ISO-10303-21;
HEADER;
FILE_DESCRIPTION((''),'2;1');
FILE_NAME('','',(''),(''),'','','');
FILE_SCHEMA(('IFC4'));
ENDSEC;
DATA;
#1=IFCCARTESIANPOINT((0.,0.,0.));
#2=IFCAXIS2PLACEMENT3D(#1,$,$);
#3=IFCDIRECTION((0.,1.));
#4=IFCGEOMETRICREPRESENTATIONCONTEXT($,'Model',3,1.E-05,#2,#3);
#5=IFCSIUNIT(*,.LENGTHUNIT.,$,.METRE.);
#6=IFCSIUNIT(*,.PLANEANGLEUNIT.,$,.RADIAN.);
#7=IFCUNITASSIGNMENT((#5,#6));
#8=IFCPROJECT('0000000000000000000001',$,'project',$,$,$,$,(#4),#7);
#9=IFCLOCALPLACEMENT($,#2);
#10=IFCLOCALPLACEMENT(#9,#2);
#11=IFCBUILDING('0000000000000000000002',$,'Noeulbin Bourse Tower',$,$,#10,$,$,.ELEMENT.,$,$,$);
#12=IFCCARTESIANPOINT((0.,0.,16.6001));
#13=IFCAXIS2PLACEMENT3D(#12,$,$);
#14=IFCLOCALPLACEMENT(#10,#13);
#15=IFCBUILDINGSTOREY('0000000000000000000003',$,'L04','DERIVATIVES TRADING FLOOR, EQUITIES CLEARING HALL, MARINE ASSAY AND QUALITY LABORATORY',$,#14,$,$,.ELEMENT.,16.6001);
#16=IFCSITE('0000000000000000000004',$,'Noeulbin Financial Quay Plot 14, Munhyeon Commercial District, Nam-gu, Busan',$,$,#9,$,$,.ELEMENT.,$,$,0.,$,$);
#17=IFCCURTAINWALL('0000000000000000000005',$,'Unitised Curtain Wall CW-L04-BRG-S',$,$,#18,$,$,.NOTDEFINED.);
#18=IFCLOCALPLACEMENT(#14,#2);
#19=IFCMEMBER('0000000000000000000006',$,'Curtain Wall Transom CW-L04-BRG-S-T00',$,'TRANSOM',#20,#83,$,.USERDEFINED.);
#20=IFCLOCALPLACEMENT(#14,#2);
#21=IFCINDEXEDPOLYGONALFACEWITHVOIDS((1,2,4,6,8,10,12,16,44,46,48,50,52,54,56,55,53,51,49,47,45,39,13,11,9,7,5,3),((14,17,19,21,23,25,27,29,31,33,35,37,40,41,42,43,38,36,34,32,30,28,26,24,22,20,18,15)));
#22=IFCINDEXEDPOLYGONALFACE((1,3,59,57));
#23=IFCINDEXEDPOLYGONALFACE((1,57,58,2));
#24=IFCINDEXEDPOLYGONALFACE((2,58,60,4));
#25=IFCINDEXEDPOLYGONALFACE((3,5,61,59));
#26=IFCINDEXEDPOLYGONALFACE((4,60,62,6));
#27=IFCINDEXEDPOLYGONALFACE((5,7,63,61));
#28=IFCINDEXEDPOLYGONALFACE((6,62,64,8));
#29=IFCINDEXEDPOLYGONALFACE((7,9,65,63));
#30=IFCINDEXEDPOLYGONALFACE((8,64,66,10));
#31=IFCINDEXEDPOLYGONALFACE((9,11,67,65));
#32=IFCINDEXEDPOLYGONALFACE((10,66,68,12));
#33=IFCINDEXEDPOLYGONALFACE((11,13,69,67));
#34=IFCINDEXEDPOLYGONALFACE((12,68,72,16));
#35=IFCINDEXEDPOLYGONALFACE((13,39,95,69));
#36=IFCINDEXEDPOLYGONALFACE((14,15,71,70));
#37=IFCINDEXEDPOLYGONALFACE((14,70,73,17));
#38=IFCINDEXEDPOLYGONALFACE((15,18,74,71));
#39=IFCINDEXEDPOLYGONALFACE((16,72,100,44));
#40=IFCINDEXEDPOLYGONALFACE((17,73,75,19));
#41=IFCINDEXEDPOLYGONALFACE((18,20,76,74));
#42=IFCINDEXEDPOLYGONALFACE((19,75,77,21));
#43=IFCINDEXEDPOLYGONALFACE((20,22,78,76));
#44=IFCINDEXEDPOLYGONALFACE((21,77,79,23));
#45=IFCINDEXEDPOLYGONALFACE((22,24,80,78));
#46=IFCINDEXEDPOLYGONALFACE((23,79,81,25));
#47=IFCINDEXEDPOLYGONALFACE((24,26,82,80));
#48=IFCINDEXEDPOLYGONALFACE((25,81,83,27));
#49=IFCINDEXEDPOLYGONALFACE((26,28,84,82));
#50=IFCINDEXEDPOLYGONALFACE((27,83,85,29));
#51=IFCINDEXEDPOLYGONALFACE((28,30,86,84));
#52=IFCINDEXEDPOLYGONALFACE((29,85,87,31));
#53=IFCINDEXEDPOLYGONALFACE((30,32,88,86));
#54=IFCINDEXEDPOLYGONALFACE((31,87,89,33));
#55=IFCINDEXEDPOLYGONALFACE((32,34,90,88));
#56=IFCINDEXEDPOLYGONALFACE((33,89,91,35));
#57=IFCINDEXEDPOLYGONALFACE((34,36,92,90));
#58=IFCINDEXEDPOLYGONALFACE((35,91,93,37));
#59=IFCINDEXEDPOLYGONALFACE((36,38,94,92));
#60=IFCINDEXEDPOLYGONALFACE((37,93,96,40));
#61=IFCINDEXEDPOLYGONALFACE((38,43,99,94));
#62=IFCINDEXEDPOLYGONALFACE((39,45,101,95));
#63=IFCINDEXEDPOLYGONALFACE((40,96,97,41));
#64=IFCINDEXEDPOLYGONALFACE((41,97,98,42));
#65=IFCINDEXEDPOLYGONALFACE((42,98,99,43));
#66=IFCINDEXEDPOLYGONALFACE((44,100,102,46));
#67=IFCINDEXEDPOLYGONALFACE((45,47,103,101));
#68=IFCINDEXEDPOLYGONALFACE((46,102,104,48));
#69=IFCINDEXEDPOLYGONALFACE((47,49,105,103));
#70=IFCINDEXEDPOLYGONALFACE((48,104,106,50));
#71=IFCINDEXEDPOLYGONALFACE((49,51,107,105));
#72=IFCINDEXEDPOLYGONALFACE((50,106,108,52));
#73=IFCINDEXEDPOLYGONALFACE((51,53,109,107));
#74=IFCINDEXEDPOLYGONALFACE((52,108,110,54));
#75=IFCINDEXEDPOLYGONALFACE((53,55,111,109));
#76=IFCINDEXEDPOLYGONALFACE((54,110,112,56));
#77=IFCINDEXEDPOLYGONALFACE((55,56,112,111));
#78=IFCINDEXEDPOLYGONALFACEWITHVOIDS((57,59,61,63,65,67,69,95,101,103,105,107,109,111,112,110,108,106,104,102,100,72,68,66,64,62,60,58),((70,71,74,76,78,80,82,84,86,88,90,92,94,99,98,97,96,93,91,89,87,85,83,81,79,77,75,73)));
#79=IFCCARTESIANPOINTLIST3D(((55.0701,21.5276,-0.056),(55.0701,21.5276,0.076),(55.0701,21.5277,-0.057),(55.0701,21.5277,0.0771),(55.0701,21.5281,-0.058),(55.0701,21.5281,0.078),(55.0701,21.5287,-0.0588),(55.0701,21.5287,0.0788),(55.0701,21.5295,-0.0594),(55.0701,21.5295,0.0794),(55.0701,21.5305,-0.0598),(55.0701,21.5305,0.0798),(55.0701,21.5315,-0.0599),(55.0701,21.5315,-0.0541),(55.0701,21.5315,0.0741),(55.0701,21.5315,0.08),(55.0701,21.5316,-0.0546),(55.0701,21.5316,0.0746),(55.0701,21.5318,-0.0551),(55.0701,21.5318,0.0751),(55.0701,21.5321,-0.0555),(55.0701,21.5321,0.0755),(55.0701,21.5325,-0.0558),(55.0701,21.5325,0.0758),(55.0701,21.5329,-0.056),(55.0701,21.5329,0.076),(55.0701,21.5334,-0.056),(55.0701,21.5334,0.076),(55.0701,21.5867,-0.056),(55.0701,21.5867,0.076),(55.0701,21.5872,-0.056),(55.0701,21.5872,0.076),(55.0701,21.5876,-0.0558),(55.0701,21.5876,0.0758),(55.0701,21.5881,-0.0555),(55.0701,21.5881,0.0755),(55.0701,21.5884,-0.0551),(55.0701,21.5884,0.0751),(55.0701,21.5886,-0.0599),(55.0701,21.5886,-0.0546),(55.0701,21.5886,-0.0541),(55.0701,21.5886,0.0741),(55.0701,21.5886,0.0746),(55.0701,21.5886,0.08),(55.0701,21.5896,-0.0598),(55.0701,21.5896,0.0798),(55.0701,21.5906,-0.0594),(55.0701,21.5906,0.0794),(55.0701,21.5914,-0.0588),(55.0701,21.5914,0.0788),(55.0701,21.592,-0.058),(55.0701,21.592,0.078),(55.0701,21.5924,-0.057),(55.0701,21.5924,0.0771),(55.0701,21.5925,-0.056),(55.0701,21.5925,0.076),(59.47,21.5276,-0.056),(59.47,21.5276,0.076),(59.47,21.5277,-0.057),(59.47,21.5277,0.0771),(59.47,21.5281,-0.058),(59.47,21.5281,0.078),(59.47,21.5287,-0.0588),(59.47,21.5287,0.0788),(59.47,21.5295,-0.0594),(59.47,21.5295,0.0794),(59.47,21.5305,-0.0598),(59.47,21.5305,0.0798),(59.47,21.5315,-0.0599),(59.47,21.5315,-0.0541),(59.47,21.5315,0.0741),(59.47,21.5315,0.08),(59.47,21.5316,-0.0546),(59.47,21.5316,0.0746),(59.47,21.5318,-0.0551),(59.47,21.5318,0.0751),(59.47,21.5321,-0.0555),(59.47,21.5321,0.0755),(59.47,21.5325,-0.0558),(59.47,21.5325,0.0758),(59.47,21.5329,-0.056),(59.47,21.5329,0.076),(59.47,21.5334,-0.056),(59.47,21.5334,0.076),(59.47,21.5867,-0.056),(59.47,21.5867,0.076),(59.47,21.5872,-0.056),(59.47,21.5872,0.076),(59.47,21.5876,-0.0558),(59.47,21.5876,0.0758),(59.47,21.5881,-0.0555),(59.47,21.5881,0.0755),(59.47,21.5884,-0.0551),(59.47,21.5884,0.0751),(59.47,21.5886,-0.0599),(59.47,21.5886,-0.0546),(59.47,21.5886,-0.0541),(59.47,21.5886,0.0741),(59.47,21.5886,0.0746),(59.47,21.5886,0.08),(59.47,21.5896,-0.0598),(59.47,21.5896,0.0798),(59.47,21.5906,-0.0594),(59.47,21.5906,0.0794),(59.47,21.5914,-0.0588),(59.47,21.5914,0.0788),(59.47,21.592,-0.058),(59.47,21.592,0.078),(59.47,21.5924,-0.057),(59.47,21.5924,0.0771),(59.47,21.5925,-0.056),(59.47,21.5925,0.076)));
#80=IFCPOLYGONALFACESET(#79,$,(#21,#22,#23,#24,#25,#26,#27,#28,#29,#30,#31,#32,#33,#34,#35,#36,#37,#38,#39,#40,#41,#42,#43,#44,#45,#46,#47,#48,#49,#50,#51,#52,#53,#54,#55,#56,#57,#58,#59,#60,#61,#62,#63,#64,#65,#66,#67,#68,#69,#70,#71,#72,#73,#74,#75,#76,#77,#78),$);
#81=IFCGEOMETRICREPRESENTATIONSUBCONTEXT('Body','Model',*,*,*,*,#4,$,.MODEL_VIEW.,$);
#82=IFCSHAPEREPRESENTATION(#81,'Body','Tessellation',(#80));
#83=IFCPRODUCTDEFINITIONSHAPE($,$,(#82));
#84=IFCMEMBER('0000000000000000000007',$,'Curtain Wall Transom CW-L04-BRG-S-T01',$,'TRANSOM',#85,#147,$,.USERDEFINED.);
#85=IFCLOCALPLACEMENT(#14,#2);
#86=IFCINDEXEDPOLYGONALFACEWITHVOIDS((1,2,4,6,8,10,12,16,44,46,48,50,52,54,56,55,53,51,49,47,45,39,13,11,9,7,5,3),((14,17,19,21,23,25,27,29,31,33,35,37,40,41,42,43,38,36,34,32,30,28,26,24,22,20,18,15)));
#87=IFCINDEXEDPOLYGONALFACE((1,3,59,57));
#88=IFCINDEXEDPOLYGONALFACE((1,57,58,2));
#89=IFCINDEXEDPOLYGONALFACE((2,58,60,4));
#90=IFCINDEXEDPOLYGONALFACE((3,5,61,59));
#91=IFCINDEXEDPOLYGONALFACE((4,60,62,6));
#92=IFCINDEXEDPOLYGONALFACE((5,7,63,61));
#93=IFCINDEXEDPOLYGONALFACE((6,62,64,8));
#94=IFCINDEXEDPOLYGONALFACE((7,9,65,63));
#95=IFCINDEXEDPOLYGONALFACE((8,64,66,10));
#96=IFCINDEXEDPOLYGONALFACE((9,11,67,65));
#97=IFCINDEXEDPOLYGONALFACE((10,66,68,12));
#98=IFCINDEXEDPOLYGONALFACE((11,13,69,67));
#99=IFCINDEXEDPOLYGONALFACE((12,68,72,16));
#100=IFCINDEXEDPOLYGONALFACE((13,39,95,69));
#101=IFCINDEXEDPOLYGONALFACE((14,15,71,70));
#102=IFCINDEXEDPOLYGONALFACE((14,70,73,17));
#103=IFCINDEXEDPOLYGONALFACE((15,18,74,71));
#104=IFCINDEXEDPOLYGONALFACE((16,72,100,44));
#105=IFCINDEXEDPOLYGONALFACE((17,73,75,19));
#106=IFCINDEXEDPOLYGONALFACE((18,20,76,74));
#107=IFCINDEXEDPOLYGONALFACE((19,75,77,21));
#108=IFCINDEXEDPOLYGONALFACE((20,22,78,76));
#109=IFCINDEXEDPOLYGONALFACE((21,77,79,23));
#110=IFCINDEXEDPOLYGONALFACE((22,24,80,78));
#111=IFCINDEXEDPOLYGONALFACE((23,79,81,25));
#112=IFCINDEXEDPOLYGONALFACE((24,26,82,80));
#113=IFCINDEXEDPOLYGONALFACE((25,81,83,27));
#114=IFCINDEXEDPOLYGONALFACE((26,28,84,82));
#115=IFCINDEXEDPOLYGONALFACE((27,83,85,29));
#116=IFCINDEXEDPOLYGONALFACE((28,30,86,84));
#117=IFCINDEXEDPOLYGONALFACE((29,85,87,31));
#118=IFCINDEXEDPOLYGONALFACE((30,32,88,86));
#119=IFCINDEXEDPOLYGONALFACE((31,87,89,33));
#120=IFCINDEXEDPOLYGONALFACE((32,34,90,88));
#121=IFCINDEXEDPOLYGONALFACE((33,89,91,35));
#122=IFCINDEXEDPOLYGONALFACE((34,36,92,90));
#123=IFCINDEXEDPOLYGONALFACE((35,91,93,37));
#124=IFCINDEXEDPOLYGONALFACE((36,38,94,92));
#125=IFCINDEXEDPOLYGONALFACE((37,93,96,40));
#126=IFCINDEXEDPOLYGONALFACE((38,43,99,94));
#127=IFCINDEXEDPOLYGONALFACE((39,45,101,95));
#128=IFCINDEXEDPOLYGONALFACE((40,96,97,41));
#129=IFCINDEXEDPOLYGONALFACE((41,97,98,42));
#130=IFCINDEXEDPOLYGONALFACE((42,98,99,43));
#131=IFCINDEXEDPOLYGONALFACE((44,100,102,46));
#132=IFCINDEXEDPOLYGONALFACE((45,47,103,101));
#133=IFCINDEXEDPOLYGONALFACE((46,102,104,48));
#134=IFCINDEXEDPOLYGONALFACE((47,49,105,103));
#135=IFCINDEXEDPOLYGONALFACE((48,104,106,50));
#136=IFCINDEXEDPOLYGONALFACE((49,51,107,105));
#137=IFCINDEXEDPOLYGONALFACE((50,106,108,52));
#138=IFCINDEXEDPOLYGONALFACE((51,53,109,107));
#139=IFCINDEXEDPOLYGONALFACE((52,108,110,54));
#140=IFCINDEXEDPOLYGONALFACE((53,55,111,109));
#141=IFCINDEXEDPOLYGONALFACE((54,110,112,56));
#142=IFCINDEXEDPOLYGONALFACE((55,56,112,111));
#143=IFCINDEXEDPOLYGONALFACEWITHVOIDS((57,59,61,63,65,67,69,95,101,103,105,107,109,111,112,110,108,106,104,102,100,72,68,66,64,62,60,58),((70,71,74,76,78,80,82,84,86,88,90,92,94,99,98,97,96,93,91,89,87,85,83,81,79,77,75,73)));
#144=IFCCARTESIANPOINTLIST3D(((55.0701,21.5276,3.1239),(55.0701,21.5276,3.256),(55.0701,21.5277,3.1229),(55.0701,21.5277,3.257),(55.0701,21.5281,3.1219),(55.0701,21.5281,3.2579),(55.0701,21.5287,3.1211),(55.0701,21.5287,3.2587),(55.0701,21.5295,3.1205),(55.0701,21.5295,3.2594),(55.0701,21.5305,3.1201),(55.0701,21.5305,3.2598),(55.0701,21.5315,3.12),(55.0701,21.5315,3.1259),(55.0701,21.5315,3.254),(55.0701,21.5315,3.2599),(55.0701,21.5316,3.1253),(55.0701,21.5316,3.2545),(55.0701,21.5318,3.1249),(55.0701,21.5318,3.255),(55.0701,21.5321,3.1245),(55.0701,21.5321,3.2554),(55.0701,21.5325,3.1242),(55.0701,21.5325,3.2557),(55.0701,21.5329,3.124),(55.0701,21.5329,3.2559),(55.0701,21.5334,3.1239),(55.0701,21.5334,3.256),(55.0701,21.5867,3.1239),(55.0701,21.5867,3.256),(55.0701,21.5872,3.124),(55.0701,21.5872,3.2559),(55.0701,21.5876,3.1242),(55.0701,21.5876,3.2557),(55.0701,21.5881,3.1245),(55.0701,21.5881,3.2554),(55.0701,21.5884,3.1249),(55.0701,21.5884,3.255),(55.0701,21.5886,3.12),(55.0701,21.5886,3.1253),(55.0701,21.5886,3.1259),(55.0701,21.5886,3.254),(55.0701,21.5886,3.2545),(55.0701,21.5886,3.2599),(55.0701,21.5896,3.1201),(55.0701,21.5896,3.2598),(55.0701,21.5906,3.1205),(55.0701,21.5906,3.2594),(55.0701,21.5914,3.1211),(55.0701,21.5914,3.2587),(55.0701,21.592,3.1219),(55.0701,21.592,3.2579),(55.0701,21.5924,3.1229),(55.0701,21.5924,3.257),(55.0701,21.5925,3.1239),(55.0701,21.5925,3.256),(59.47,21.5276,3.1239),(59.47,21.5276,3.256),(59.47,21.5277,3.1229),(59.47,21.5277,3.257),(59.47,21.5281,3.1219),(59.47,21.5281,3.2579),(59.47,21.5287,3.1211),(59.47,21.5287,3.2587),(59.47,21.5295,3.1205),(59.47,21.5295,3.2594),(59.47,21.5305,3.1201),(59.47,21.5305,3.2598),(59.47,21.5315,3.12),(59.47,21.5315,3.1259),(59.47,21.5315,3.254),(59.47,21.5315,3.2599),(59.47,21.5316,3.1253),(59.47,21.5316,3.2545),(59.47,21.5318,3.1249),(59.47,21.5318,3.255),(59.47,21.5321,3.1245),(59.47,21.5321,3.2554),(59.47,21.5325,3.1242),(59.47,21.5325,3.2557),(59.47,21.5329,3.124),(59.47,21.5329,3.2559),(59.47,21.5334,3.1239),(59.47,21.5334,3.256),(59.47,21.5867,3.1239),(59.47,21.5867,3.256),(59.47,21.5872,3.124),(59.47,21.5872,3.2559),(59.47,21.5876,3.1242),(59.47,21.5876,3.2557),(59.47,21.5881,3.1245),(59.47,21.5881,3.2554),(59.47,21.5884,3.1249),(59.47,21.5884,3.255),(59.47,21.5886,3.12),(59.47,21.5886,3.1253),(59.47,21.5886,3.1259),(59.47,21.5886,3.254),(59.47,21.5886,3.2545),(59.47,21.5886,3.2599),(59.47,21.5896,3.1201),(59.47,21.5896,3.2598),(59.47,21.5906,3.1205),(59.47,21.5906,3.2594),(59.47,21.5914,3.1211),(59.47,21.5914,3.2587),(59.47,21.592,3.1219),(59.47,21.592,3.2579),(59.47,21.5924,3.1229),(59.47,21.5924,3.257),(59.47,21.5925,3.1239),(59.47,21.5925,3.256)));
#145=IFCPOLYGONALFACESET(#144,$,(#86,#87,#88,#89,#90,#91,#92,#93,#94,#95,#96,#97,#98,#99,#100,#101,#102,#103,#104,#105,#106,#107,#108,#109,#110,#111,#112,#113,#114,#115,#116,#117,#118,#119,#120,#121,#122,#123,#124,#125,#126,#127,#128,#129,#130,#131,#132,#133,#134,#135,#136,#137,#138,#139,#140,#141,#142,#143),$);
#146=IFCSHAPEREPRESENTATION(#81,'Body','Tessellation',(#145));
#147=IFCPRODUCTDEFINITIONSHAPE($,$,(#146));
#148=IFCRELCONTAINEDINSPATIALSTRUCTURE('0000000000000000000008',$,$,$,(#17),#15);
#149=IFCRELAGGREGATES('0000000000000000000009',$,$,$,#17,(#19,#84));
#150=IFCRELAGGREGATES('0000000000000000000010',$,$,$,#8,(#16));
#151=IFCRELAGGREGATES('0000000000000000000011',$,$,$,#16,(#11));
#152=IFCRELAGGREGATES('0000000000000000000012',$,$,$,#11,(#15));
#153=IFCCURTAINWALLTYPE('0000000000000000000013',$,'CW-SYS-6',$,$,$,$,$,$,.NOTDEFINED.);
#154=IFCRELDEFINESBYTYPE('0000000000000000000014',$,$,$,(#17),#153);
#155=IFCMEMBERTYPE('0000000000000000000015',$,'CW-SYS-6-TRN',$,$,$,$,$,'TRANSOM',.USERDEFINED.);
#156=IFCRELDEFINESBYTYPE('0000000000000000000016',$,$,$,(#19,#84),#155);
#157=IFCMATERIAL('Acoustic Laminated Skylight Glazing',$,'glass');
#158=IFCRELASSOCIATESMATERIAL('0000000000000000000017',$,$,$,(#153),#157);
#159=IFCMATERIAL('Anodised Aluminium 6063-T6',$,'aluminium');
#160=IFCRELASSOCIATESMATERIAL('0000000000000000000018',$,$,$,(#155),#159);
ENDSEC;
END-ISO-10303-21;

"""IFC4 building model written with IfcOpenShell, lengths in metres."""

from ifc_helpers import new_model, si_unit, direction, frame, origin, origin_2d, place, context, subcontext, project, spatial, hollow_rectangle, extrude, material, material_profile, profile_set, type_object, element, aggregate, save


model = new_model("IFC4")

# Units and contexts
model_context = context("Model", 3, precision=1e-05, world=origin(), true_north=direction((0.0, 1.0)))
body_context = subcontext(model_context, "Body", "Model", "MODEL_VIEW")
ifc_project = project(units=[si_unit("LENGTHUNIT", "METRE"), si_unit("PLANEANGLEUNIT", "RADIAN")], contexts=[model_context])

# Site, building, storey
site_placement = place(None, origin())
site = spatial("IfcSite", under=ifc_project, at=site_placement, Name="Noeulbin Financial Quay Plot 14, Munhyeon Commercial District, Nam-gu, Busan", CompositionType="ELEMENT", RefElevation=0.0)
building_placement = place(site_placement, origin())
building = spatial("IfcBuilding", under=site, at=building_placement, Name="Noeulbin Bourse Tower", CompositionType="ELEMENT")
storey_placement = place(building_placement, frame((0.0, 0.0, 16.6001)))
storey = spatial("IfcBuildingStorey", under=building, at=storey_placement, Name="L04", Description="DERIVATIVES TRADING FLOOR, EQUITIES CLEARING HALL, MARINE ASSAY AND QUALITY LABORATORY", CompositionType="ELEMENT", Elevation=16.6001)

# Curtain wall
ifc_material_1 = material(Name="Anodised Aluminium 6063-T6", Category="aluminium")
ifc_material_2 = material(Name="Acoustic Laminated Skylight Glazing", Category="glass")
curtain_wall_type_1 = type_object("IfcCurtainWallType", Name="CW-SYS-6", PredefinedType="NOTDEFINED", material=ifc_material_2)
curtain_wall_1_placement = place(storey_placement, origin())
curtain_wall_1 = element("IfcCurtainWall", 1, at=curtain_wall_1_placement, inside=storey, type_object=curtain_wall_type_1, Name="Unitised Curtain Wall CW-L04-BRG-S", PredefinedType="NOTDEFINED")

# Members
ifc_material_profile_1 = material_profile(ifc_material_1, hollow_rectangle(XDim=0.0649, YDim=0.1399, WallThickness=0.0039, InnerFilletRadius=0.002, OuterFilletRadius=0.0039, at=origin_2d()), Name="ALU-TRAN-65x140x4", Category="LoadBearing")
ifc_profile_set_1 = profile_set([ifc_material_profile_1], Name="Anodised Aluminium 6063-T6")
member_type_1 = type_object("IfcMemberType", Name="CW-SYS-6-TRN", ElementType="TRANSOM", PredefinedType="USERDEFINED", material=ifc_profile_set_1)
member_1_placement = place(storey_placement, frame((55.0701, 21.5601, 0.01), z_axis=(1.0, 0.0, 0.0), x_axis=(0.0, 1.0, 0.0)))
member_1 = element("IfcMember", 2, at=member_1_placement, type_object=member_type_1, Name="Curtain Wall Transom CW-L04-BRG-S-T00", ObjectType="TRANSOM", PredefinedType="USERDEFINED", context=body_context, shape_type="SweptSolid", body=[
    extrude(hollow_rectangle(XDim=0.0649, YDim=0.1399, WallThickness=0.0039, InnerFilletRadius=0.002, OuterFilletRadius=0.0039, at=origin_2d()), origin(), (0.0, 0.0, 1.0), 4.3999),
])
member_2_placement = place(storey_placement, frame((55.0701, 21.5601, 3.1899), z_axis=(1.0, 0.0, 0.0), x_axis=(0.0, 1.0, 0.0)))
member_2 = element("IfcMember", 3, at=member_2_placement, type_object=member_type_1, Name="Curtain Wall Transom CW-L04-BRG-S-T01", ObjectType="TRANSOM", PredefinedType="USERDEFINED", context=body_context, shape_type="SweptSolid", body=[
    extrude(hollow_rectangle(XDim=0.0649, YDim=0.1399, WallThickness=0.0039, InnerFilletRadius=0.002, OuterFilletRadius=0.0039, at=origin_2d()), origin(), (0.0, 0.0, 1.0), 4.3999),
])

aggregate(curtain_wall_1, [member_1, member_2])

save(model, "model.ifc")
